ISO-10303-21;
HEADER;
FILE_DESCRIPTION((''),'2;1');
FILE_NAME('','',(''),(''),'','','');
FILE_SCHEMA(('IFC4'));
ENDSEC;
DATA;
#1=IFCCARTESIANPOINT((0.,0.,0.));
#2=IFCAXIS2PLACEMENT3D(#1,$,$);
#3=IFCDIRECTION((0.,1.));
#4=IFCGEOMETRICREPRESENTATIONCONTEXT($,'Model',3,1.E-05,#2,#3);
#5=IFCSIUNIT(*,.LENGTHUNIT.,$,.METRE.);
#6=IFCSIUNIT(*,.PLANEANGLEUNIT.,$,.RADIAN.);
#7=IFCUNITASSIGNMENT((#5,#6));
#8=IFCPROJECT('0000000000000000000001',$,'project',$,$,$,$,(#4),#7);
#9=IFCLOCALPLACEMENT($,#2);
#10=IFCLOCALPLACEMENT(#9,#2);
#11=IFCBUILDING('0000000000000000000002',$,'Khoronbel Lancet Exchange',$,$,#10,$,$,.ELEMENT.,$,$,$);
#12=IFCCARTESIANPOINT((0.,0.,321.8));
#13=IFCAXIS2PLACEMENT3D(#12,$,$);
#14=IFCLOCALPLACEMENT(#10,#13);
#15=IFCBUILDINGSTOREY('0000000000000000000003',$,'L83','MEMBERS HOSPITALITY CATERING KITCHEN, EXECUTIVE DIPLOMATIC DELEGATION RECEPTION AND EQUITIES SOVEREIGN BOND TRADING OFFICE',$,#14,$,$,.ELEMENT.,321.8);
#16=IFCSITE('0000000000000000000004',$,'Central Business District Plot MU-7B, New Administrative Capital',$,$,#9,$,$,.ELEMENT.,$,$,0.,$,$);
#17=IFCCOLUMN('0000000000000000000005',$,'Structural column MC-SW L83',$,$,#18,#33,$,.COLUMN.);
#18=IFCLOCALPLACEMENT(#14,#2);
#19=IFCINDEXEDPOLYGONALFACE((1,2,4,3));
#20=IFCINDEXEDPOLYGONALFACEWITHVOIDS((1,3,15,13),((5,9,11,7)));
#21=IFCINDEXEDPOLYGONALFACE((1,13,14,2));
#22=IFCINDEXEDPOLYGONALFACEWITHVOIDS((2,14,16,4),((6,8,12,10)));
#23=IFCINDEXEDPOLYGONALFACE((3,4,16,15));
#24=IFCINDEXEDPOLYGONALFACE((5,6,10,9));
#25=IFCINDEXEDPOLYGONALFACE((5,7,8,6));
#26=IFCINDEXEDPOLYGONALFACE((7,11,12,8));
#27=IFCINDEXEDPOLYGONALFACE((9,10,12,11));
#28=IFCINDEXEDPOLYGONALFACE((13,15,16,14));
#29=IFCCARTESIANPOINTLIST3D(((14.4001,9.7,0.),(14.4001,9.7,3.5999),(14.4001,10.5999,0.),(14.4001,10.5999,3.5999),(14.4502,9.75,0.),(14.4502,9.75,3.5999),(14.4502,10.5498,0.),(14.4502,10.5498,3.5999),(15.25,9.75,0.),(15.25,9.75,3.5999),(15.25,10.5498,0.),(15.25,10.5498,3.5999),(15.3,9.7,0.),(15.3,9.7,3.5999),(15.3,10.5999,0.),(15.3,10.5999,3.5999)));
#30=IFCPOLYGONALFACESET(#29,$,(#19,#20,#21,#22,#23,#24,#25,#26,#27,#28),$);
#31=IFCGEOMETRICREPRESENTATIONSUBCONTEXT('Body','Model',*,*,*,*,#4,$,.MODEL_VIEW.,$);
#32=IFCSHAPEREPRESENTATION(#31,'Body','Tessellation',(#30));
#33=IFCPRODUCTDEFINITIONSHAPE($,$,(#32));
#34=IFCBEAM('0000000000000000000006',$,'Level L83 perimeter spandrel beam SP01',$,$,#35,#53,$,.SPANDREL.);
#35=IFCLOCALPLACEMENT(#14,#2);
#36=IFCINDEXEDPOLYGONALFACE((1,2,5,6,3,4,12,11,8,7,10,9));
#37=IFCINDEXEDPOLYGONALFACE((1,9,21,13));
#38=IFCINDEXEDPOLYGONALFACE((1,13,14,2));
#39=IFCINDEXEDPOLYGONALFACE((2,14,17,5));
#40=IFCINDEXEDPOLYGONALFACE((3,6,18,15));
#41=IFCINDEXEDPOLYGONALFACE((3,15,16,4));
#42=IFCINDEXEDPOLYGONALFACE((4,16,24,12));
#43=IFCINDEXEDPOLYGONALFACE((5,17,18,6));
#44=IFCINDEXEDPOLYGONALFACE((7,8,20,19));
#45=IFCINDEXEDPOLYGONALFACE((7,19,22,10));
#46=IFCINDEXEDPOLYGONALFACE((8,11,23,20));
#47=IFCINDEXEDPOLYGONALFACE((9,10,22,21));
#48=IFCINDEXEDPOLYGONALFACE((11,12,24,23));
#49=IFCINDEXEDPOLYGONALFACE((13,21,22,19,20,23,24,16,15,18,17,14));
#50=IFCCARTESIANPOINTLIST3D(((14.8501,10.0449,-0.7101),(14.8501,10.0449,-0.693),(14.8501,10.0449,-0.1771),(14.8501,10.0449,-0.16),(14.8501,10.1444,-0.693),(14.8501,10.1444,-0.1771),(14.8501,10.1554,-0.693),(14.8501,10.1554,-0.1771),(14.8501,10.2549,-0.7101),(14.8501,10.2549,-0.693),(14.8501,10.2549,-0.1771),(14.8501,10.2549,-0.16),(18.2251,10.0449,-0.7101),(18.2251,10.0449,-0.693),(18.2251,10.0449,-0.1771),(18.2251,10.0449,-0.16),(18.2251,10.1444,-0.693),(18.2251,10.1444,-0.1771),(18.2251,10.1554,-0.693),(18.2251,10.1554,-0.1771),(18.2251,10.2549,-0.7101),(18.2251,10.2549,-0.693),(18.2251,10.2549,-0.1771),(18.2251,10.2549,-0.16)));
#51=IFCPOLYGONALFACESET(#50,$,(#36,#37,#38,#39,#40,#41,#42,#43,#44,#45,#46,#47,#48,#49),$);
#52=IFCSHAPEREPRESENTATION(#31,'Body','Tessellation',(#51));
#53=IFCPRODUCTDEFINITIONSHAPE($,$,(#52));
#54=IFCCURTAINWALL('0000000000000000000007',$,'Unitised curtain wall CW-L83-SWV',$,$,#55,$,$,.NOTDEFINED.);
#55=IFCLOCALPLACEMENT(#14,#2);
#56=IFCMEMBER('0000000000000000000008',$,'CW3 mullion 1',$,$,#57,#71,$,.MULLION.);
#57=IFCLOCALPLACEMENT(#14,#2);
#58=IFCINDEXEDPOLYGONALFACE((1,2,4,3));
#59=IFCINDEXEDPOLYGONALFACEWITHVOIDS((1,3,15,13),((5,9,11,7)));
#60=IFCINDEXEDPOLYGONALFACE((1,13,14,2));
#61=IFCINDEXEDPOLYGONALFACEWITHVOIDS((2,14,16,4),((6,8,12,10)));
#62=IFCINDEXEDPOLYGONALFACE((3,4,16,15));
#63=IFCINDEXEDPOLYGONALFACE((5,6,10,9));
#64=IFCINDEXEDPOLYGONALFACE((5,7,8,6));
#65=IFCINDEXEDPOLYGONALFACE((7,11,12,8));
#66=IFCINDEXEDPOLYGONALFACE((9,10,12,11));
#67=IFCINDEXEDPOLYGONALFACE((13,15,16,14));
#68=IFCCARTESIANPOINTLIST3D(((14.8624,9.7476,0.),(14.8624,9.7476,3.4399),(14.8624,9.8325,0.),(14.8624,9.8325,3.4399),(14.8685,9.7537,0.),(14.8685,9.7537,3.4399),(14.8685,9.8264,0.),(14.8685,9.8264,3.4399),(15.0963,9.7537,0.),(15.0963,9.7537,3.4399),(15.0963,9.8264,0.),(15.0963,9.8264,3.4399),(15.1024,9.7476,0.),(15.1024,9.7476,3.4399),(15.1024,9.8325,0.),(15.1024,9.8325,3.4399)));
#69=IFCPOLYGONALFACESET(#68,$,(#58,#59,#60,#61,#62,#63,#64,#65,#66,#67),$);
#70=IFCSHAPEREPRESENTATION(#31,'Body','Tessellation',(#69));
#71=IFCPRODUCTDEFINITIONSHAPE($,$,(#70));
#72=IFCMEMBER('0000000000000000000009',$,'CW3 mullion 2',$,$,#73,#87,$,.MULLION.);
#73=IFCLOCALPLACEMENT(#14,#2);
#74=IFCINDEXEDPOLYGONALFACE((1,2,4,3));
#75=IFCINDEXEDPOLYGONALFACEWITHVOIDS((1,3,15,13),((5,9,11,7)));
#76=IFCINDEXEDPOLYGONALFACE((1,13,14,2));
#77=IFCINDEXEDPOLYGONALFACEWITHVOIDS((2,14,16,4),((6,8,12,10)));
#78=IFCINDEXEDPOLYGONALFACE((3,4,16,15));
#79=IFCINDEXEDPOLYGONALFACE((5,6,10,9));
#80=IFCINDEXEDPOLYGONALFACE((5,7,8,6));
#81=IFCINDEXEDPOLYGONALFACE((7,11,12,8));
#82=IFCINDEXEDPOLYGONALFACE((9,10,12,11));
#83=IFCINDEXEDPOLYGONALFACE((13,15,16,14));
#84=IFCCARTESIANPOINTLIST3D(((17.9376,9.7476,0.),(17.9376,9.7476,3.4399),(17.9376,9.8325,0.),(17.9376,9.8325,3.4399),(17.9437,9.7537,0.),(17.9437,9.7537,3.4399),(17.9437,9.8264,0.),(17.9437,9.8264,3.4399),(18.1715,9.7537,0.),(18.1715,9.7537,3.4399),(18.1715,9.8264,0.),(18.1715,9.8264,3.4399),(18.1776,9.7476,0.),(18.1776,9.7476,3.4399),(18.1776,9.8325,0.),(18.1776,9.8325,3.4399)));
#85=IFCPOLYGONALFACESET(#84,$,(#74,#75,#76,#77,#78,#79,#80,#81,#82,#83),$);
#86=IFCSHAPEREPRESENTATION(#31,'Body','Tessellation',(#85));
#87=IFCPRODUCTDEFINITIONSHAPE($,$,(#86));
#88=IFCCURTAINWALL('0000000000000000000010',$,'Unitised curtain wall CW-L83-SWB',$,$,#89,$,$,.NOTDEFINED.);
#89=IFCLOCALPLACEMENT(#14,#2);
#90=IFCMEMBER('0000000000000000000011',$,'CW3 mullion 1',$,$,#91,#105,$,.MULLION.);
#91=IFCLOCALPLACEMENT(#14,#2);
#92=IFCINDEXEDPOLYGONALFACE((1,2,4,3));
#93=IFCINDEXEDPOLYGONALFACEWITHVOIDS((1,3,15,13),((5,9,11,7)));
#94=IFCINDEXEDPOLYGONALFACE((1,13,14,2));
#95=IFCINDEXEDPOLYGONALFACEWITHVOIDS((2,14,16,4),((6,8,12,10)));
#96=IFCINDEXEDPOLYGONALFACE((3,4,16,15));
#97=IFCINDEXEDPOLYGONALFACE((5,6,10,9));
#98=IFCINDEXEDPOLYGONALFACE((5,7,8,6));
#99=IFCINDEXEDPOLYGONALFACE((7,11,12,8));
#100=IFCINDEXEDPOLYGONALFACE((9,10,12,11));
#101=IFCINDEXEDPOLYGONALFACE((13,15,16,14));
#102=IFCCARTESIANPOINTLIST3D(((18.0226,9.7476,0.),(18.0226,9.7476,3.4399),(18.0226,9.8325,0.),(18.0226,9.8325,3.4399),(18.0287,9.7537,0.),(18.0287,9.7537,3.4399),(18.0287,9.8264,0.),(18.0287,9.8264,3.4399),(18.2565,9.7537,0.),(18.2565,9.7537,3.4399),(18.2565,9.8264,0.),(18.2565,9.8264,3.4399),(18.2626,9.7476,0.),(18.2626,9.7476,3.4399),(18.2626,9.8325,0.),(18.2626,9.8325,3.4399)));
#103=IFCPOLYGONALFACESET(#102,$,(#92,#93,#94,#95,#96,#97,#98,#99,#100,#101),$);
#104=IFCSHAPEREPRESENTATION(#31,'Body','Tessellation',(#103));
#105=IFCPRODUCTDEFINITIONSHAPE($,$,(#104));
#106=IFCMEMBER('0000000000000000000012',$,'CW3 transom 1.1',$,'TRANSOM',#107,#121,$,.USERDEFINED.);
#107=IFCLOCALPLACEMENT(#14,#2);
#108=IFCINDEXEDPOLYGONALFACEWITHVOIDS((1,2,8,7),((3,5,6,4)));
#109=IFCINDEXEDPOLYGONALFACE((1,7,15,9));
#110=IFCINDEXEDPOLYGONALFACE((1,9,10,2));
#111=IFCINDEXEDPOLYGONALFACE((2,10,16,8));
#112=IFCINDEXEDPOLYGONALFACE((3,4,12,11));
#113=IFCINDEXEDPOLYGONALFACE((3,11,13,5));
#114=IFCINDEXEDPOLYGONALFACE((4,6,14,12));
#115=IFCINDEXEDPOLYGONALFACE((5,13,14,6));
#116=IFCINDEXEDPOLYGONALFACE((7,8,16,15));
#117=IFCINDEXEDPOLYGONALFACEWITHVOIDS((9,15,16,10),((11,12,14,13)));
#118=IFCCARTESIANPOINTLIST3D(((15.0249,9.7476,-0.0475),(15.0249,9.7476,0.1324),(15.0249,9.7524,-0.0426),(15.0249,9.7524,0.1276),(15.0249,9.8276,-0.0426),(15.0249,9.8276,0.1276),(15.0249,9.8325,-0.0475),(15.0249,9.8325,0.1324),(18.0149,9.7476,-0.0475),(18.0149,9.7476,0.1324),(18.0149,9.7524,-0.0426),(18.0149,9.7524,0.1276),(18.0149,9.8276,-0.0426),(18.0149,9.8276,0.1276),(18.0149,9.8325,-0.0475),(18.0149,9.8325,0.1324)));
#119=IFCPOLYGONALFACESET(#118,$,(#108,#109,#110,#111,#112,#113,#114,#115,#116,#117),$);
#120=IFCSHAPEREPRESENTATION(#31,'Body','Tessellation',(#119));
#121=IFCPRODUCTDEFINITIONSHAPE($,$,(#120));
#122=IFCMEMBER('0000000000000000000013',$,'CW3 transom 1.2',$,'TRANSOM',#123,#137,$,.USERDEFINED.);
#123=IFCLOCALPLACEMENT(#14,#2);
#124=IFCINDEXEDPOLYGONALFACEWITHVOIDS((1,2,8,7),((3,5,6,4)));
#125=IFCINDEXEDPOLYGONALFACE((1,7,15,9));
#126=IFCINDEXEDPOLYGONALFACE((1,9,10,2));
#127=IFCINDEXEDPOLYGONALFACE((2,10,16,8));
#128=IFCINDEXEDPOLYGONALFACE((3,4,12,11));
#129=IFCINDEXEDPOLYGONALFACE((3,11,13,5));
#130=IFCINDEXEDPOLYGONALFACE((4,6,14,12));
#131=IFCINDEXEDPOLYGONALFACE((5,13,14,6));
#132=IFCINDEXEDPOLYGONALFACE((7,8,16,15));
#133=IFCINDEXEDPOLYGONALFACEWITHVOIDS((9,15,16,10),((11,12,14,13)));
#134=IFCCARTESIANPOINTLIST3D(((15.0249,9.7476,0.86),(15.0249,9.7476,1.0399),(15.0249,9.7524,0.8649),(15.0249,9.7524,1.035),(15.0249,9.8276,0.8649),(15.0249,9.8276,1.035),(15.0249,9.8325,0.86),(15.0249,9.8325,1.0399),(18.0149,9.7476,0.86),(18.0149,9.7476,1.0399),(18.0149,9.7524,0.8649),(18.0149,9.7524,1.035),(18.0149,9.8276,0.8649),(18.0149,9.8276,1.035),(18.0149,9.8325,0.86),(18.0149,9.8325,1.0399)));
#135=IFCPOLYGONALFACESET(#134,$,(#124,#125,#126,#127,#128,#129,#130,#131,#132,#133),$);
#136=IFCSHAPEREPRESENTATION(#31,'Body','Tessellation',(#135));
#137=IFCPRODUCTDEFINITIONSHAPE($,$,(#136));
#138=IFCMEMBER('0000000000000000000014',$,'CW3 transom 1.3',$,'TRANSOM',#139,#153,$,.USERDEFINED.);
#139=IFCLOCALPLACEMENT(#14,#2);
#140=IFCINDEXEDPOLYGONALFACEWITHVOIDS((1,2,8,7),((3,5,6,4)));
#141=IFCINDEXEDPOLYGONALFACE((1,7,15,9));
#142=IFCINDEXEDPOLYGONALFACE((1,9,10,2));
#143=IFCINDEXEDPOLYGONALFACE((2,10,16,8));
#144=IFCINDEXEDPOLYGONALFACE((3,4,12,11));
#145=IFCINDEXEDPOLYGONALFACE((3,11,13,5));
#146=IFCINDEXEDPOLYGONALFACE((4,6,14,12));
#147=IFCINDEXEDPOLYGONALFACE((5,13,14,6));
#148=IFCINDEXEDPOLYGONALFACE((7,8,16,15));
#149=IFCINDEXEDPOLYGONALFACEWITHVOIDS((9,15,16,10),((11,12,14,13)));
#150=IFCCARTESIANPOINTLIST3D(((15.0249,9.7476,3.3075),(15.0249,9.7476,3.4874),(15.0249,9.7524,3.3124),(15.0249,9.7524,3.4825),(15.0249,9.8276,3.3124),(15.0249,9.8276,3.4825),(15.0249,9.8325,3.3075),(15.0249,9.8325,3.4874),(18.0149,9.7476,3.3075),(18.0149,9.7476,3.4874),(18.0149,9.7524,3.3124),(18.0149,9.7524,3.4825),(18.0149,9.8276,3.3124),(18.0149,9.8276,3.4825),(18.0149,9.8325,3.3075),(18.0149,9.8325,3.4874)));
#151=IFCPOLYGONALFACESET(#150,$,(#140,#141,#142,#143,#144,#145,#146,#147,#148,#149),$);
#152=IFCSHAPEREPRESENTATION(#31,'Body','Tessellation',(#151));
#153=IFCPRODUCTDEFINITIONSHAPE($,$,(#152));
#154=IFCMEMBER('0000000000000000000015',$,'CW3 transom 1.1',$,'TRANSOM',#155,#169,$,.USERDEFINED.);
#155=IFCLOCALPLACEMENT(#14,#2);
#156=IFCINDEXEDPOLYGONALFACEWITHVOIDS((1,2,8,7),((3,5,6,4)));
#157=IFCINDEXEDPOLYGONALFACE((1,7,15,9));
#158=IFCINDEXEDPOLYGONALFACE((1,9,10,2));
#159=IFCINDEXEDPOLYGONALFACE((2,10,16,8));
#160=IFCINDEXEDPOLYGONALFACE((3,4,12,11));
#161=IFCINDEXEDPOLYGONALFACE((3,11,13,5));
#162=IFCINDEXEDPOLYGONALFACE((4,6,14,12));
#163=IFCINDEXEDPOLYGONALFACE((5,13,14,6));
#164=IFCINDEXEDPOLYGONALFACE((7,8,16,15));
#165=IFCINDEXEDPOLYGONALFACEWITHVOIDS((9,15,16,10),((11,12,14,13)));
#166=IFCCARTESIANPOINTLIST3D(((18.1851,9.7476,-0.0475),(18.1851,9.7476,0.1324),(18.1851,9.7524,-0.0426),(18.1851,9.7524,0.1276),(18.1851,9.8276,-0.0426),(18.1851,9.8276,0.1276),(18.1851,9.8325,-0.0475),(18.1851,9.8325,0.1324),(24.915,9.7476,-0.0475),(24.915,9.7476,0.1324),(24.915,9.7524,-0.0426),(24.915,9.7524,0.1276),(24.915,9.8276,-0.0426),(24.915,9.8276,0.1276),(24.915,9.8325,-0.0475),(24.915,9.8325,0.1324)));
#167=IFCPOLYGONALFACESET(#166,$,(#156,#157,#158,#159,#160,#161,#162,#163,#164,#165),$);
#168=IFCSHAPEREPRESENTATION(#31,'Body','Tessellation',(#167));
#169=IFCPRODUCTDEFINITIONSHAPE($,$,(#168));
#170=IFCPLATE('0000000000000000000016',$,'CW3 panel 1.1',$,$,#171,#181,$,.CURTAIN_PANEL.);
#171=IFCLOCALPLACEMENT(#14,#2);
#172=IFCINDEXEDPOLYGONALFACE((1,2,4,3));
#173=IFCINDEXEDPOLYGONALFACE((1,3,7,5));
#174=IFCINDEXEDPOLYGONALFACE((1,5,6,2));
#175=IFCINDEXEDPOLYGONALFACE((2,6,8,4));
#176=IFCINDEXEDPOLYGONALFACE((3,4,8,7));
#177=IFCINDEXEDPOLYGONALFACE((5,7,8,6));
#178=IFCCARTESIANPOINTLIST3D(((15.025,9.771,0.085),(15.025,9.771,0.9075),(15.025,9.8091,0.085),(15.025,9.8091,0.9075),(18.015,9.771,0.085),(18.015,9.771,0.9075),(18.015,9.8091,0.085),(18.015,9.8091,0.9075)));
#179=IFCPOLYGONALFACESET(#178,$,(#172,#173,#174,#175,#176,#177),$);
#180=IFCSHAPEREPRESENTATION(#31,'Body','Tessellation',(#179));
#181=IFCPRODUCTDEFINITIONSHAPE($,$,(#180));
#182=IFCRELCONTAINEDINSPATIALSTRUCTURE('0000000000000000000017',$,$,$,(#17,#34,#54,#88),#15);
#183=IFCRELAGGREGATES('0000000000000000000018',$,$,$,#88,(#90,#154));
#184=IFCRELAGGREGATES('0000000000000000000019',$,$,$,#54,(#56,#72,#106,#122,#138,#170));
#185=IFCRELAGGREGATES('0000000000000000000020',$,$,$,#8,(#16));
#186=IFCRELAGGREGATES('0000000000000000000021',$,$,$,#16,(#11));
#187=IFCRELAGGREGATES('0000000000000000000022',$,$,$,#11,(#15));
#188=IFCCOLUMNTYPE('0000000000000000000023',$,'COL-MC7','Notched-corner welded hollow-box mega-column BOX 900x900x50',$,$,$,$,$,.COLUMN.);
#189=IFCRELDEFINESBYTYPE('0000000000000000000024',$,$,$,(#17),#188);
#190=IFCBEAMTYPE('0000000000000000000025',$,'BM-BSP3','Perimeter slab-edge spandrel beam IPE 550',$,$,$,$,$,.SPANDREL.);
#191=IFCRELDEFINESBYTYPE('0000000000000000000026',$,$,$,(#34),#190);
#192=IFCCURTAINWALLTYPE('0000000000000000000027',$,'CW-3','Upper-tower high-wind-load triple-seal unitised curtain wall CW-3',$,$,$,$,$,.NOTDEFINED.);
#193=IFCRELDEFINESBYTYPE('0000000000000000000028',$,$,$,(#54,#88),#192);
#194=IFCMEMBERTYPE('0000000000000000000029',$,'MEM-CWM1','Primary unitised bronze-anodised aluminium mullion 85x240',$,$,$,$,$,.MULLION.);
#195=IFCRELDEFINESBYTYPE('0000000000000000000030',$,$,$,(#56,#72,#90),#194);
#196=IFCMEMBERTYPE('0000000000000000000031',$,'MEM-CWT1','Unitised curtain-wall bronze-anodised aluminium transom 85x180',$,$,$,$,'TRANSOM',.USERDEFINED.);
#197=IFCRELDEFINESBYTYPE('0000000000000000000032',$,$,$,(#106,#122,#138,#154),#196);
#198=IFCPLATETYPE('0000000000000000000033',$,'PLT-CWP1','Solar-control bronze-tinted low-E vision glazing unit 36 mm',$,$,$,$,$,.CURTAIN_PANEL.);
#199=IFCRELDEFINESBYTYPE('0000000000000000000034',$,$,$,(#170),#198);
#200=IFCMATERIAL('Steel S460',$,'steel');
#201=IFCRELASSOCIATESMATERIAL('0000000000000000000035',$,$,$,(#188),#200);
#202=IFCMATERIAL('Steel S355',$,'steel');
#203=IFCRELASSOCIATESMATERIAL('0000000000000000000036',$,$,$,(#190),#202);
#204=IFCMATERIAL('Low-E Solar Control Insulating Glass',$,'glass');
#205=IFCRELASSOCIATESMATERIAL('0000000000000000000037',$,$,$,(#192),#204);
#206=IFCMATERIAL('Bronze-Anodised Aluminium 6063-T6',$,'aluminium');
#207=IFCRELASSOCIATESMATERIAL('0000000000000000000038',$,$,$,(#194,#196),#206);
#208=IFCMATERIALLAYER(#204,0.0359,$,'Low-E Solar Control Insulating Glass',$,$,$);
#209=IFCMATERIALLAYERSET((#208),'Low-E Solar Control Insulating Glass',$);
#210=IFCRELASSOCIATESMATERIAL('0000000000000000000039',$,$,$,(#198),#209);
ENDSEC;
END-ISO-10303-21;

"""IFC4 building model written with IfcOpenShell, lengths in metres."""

from ifc_helpers import new_model, si_unit, direction, frame, origin, origin_2d, place, context, subcontext, project, spatial, rectangle, hollow_rectangle, i_section, extrude, material, layer, layer_set, material_profile, profile_set, type_object, element, aggregate, save


model = new_model("IFC4")

# Units and contexts
model_context = context("Model", 3, precision=1e-05, world=origin(), true_north=direction((0.0, 1.0)))
body_context = subcontext(model_context, "Body", "Model", "MODEL_VIEW")
ifc_project = project(units=[si_unit("LENGTHUNIT", "METRE"), si_unit("PLANEANGLEUNIT", "RADIAN")], contexts=[model_context])

# Site, building, storey
site_placement = place(None, origin())
site = spatial("IfcSite", under=ifc_project, at=site_placement, Name="Central Business District Plot MU-7B, New Administrative Capital", CompositionType="ELEMENT", RefElevation=0.0)
building_placement = place(site_placement, origin())
building = spatial("IfcBuilding", under=site, at=building_placement, Name="Khoronbel Lancet Exchange", CompositionType="ELEMENT")
storey_placement = place(building_placement, frame((0.0, 0.0, 321.8)))
storey = spatial("IfcBuildingStorey", under=building, at=storey_placement, Name="L83", Description="MEMBERS HOSPITALITY CATERING KITCHEN, EXECUTIVE DIPLOMATIC DELEGATION RECEPTION AND EQUITIES SOVEREIGN BOND TRADING OFFICE", CompositionType="ELEMENT", Elevation=321.8)

# Column
ifc_material_1 = material(Name="Steel S460", Category="steel")
ifc_material_profile_1 = material_profile(ifc_material_1, hollow_rectangle(XDim=0.8999, YDim=0.8999, WallThickness=0.05, at=origin_2d()), Name="BOX 900x900x50")
ifc_profile_set_1 = profile_set([ifc_material_profile_1], Name="Steel S460")
column_type = type_object("IfcColumnType", Name="COL-MC7", Description="Notched-corner welded hollow-box mega-column BOX 900x900x50", PredefinedType="COLUMN", material=ifc_profile_set_1)
column_placement = place(storey_placement, frame((14.8501, 10.1499, 0.0), z_axis=(0.0, 0.0, 1.0), x_axis=(1.0, 0.0, 0.0)))
element("IfcColumn", 1, at=column_placement, inside=storey, type_object=column_type, Name="Structural column MC-SW L83", PredefinedType="COLUMN", context=body_context, shape_type="SweptSolid", body=[
    extrude(hollow_rectangle(XDim=0.8999, YDim=0.8999, WallThickness=0.05, at=origin_2d()), origin(), (0.0, 0.0, 1.0), 3.5999),
])

# Beam
ifc_material_2 = material(Name="Steel S355", Category="steel")
ifc_material_profile_2 = material_profile(ifc_material_2, i_section(OverallWidth=0.21, OverallDepth=0.55, WebThickness=0.011, FlangeThickness=0.0171, at=origin_2d()), Name="IPE 550")
ifc_profile_set_2 = profile_set([ifc_material_profile_2], Name="Steel S355")
beam_type = type_object("IfcBeamType", Name="BM-BSP3", Description="Perimeter slab-edge spandrel beam IPE 550", PredefinedType="SPANDREL", material=ifc_profile_set_2)
beam_placement = place(storey_placement, frame((14.8501, 10.1499, -0.4351), z_axis=(1.0, 0.0, 0.0), x_axis=(0.0, 1.0, 0.0)))
element("IfcBeam", 2, at=beam_placement, inside=storey, type_object=beam_type, Name="Level L83 perimeter spandrel beam SP01", PredefinedType="SPANDREL", context=body_context, shape_type="SweptSolid", body=[
    extrude(i_section(OverallWidth=0.21, OverallDepth=0.55, WebThickness=0.011, FlangeThickness=0.0171, at=origin_2d()), origin(), (0.0, 0.0, 1.0), 3.375),
])

# Curtain wall, members
ifc_material_3 = material(Name="Low-E Solar Control Insulating Glass", Category="glass")
curtain_wall_type = type_object("IfcCurtainWallType", Name="CW-3", Description="Upper-tower high-wind-load triple-seal unitised curtain wall CW-3", PredefinedType="NOTDEFINED", material=ifc_material_3)
curtain_wall_1_placement = place(storey_placement, origin())
curtain_wall_1 = element("IfcCurtainWall", 3, at=curtain_wall_1_placement, inside=storey, type_object=curtain_wall_type, Name="Unitised curtain wall CW-L83-SWV", PredefinedType="NOTDEFINED")
ifc_material_4 = material(Name="Bronze-Anodised Aluminium 6063-T6", Category="aluminium")
ifc_material_profile_3 = material_profile(ifc_material_4, hollow_rectangle(XDim=0.085, YDim=0.24, WallThickness=0.0061, at=origin_2d()), Name="ALU MULLION 85x240")
ifc_profile_set_3 = profile_set([ifc_material_profile_3], Name="Bronze-Anodised Aluminium 6063-T6")
member_type_1 = type_object("IfcMemberType", Name="MEM-CWM1", Description="Primary unitised bronze-anodised aluminium mullion 85x240", PredefinedType="MULLION", material=ifc_profile_set_3)
member_1_placement = place(storey_placement, frame((14.9824, 9.79, 0.0), z_axis=(0.0, 0.0, 1.0), x_axis=(0.0, 1.0, 0.0)))
member_1 = element("IfcMember", 4, at=member_1_placement, type_object=member_type_1, Name="CW3 mullion 1", PredefinedType="MULLION", context=body_context, shape_type="SweptSolid", body=[
    extrude(hollow_rectangle(XDim=0.085, YDim=0.24, WallThickness=0.0061, at=origin_2d()), origin(), (0.0, 0.0, 1.0), 3.4399),
])
member_2_placement = place(storey_placement, frame((18.0576, 9.79, 0.0), z_axis=(0.0, 0.0, 1.0), x_axis=(0.0, 1.0, 0.0)))
member_2 = element("IfcMember", 5, at=member_2_placement, type_object=member_type_1, Name="CW3 mullion 2", PredefinedType="MULLION", context=body_context, shape_type="SweptSolid", body=[
    extrude(hollow_rectangle(XDim=0.085, YDim=0.24, WallThickness=0.0061, at=origin_2d()), origin(), (0.0, 0.0, 1.0), 3.4399),
])

# Curtain wall, member
curtain_wall_2_placement = place(storey_placement, origin())
curtain_wall_2 = element("IfcCurtainWall", 6, at=curtain_wall_2_placement, inside=storey, type_object=curtain_wall_type, Name="Unitised curtain wall CW-L83-SWB", PredefinedType="NOTDEFINED")
member_3_placement = place(storey_placement, frame((18.1426, 9.79, 0.0), z_axis=(0.0, 0.0, 1.0), x_axis=(0.0, 1.0, 0.0)))
member_3 = element("IfcMember", 7, at=member_3_placement, type_object=member_type_1, Name="CW3 mullion 1", PredefinedType="MULLION", context=body_context, shape_type="SweptSolid", body=[
    extrude(hollow_rectangle(XDim=0.085, YDim=0.24, WallThickness=0.0061, at=origin_2d()), origin(), (0.0, 0.0, 1.0), 3.4399),
])

# Members
ifc_material_profile_4 = material_profile(ifc_material_4, hollow_rectangle(XDim=0.085, YDim=0.1799, WallThickness=0.0049, at=origin_2d()), Name="ALU TRANSOM 85x180")
ifc_profile_set_4 = profile_set([ifc_material_profile_4], Name="Bronze-Anodised Aluminium 6063-T6")
member_type_2 = type_object("IfcMemberType", Name="MEM-CWT1", Description="Unitised curtain-wall bronze-anodised aluminium transom 85x180", ElementType="TRANSOM", PredefinedType="USERDEFINED", material=ifc_profile_set_4)
member_4_placement = place(storey_placement, frame((15.0249, 9.79, 0.0425), z_axis=(1.0, 0.0, 0.0), x_axis=(0.0, 1.0, 0.0)))
member_4 = element("IfcMember", 8, at=member_4_placement, type_object=member_type_2, Name="CW3 transom 1.1", ObjectType="TRANSOM", PredefinedType="USERDEFINED", context=body_context, shape_type="SweptSolid", body=[
    extrude(hollow_rectangle(XDim=0.085, YDim=0.1799, WallThickness=0.0049, at=origin_2d()), origin(), (0.0, 0.0, 1.0), 2.99),
])
member_5_placement = place(storey_placement, frame((15.0249, 9.79, 0.95), z_axis=(1.0, 0.0, 0.0), x_axis=(0.0, 1.0, 0.0)))
member_5 = element("IfcMember", 9, at=member_5_placement, type_object=member_type_2, Name="CW3 transom 1.2", ObjectType="TRANSOM", PredefinedType="USERDEFINED", context=body_context, shape_type="SweptSolid", body=[
    extrude(hollow_rectangle(XDim=0.085, YDim=0.1799, WallThickness=0.0049, at=origin_2d()), origin(), (0.0, 0.0, 1.0), 2.99),
])
member_6_placement = place(storey_placement, frame((15.0249, 9.79, 3.3975), z_axis=(1.0, 0.0, 0.0), x_axis=(0.0, 1.0, 0.0)))
member_6 = element("IfcMember", 10, at=member_6_placement, type_object=member_type_2, Name="CW3 transom 1.3", ObjectType="TRANSOM", PredefinedType="USERDEFINED", context=body_context, shape_type="SweptSolid", body=[
    extrude(hollow_rectangle(XDim=0.085, YDim=0.1799, WallThickness=0.0049, at=origin_2d()), origin(), (0.0, 0.0, 1.0), 2.99),
])
member_7_placement = place(storey_placement, frame((18.1851, 9.79, 0.0425), z_axis=(1.0, 0.0, 0.0), x_axis=(0.0, 1.0, 0.0)))
member_7 = element("IfcMember", 11, at=member_7_placement, type_object=member_type_2, Name="CW3 transom 1.1", ObjectType="TRANSOM", PredefinedType="USERDEFINED", context=body_context, shape_type="SweptSolid", body=[
    extrude(hollow_rectangle(XDim=0.085, YDim=0.1799, WallThickness=0.0049, at=origin_2d()), origin(), (0.0, 0.0, 1.0), 6.73),
])
aggregate(curtain_wall_2, [member_3, member_7])

# Plate
ifc_layer_1 = layer(ifc_material_3, 0.0359, Name="Low-E Solar Control Insulating Glass")
ifc_layer_set_1 = layer_set([ifc_layer_1], Name="Low-E Solar Control Insulating Glass")
plate_type = type_object("IfcPlateType", Name="PLT-CWP1", Description="Solar-control bronze-tinted low-E vision glazing unit 36 mm", PredefinedType="CURTAIN_PANEL", material=ifc_layer_set_1)
plate_1_placement = place(storey_placement, frame((16.52, 9.79, 0.085), z_axis=(0.0, 0.0, 1.0), x_axis=(1.0, 0.0, 0.0)))
plate_1 = element("IfcPlate", 12, at=plate_1_placement, type_object=plate_type, Name="CW3 panel 1.1", PredefinedType="CURTAIN_PANEL", context=body_context, shape_type="SweptSolid", body=[
    extrude(rectangle(XDim=2.99, YDim=0.0381, at=origin_2d()), origin(), (0.0, 0.0, 1.0), 0.8225),
])
aggregate(curtain_wall_1, [member_1, member_2, member_4, member_5, member_6, plate_1])

save(model, "model.ifc")
